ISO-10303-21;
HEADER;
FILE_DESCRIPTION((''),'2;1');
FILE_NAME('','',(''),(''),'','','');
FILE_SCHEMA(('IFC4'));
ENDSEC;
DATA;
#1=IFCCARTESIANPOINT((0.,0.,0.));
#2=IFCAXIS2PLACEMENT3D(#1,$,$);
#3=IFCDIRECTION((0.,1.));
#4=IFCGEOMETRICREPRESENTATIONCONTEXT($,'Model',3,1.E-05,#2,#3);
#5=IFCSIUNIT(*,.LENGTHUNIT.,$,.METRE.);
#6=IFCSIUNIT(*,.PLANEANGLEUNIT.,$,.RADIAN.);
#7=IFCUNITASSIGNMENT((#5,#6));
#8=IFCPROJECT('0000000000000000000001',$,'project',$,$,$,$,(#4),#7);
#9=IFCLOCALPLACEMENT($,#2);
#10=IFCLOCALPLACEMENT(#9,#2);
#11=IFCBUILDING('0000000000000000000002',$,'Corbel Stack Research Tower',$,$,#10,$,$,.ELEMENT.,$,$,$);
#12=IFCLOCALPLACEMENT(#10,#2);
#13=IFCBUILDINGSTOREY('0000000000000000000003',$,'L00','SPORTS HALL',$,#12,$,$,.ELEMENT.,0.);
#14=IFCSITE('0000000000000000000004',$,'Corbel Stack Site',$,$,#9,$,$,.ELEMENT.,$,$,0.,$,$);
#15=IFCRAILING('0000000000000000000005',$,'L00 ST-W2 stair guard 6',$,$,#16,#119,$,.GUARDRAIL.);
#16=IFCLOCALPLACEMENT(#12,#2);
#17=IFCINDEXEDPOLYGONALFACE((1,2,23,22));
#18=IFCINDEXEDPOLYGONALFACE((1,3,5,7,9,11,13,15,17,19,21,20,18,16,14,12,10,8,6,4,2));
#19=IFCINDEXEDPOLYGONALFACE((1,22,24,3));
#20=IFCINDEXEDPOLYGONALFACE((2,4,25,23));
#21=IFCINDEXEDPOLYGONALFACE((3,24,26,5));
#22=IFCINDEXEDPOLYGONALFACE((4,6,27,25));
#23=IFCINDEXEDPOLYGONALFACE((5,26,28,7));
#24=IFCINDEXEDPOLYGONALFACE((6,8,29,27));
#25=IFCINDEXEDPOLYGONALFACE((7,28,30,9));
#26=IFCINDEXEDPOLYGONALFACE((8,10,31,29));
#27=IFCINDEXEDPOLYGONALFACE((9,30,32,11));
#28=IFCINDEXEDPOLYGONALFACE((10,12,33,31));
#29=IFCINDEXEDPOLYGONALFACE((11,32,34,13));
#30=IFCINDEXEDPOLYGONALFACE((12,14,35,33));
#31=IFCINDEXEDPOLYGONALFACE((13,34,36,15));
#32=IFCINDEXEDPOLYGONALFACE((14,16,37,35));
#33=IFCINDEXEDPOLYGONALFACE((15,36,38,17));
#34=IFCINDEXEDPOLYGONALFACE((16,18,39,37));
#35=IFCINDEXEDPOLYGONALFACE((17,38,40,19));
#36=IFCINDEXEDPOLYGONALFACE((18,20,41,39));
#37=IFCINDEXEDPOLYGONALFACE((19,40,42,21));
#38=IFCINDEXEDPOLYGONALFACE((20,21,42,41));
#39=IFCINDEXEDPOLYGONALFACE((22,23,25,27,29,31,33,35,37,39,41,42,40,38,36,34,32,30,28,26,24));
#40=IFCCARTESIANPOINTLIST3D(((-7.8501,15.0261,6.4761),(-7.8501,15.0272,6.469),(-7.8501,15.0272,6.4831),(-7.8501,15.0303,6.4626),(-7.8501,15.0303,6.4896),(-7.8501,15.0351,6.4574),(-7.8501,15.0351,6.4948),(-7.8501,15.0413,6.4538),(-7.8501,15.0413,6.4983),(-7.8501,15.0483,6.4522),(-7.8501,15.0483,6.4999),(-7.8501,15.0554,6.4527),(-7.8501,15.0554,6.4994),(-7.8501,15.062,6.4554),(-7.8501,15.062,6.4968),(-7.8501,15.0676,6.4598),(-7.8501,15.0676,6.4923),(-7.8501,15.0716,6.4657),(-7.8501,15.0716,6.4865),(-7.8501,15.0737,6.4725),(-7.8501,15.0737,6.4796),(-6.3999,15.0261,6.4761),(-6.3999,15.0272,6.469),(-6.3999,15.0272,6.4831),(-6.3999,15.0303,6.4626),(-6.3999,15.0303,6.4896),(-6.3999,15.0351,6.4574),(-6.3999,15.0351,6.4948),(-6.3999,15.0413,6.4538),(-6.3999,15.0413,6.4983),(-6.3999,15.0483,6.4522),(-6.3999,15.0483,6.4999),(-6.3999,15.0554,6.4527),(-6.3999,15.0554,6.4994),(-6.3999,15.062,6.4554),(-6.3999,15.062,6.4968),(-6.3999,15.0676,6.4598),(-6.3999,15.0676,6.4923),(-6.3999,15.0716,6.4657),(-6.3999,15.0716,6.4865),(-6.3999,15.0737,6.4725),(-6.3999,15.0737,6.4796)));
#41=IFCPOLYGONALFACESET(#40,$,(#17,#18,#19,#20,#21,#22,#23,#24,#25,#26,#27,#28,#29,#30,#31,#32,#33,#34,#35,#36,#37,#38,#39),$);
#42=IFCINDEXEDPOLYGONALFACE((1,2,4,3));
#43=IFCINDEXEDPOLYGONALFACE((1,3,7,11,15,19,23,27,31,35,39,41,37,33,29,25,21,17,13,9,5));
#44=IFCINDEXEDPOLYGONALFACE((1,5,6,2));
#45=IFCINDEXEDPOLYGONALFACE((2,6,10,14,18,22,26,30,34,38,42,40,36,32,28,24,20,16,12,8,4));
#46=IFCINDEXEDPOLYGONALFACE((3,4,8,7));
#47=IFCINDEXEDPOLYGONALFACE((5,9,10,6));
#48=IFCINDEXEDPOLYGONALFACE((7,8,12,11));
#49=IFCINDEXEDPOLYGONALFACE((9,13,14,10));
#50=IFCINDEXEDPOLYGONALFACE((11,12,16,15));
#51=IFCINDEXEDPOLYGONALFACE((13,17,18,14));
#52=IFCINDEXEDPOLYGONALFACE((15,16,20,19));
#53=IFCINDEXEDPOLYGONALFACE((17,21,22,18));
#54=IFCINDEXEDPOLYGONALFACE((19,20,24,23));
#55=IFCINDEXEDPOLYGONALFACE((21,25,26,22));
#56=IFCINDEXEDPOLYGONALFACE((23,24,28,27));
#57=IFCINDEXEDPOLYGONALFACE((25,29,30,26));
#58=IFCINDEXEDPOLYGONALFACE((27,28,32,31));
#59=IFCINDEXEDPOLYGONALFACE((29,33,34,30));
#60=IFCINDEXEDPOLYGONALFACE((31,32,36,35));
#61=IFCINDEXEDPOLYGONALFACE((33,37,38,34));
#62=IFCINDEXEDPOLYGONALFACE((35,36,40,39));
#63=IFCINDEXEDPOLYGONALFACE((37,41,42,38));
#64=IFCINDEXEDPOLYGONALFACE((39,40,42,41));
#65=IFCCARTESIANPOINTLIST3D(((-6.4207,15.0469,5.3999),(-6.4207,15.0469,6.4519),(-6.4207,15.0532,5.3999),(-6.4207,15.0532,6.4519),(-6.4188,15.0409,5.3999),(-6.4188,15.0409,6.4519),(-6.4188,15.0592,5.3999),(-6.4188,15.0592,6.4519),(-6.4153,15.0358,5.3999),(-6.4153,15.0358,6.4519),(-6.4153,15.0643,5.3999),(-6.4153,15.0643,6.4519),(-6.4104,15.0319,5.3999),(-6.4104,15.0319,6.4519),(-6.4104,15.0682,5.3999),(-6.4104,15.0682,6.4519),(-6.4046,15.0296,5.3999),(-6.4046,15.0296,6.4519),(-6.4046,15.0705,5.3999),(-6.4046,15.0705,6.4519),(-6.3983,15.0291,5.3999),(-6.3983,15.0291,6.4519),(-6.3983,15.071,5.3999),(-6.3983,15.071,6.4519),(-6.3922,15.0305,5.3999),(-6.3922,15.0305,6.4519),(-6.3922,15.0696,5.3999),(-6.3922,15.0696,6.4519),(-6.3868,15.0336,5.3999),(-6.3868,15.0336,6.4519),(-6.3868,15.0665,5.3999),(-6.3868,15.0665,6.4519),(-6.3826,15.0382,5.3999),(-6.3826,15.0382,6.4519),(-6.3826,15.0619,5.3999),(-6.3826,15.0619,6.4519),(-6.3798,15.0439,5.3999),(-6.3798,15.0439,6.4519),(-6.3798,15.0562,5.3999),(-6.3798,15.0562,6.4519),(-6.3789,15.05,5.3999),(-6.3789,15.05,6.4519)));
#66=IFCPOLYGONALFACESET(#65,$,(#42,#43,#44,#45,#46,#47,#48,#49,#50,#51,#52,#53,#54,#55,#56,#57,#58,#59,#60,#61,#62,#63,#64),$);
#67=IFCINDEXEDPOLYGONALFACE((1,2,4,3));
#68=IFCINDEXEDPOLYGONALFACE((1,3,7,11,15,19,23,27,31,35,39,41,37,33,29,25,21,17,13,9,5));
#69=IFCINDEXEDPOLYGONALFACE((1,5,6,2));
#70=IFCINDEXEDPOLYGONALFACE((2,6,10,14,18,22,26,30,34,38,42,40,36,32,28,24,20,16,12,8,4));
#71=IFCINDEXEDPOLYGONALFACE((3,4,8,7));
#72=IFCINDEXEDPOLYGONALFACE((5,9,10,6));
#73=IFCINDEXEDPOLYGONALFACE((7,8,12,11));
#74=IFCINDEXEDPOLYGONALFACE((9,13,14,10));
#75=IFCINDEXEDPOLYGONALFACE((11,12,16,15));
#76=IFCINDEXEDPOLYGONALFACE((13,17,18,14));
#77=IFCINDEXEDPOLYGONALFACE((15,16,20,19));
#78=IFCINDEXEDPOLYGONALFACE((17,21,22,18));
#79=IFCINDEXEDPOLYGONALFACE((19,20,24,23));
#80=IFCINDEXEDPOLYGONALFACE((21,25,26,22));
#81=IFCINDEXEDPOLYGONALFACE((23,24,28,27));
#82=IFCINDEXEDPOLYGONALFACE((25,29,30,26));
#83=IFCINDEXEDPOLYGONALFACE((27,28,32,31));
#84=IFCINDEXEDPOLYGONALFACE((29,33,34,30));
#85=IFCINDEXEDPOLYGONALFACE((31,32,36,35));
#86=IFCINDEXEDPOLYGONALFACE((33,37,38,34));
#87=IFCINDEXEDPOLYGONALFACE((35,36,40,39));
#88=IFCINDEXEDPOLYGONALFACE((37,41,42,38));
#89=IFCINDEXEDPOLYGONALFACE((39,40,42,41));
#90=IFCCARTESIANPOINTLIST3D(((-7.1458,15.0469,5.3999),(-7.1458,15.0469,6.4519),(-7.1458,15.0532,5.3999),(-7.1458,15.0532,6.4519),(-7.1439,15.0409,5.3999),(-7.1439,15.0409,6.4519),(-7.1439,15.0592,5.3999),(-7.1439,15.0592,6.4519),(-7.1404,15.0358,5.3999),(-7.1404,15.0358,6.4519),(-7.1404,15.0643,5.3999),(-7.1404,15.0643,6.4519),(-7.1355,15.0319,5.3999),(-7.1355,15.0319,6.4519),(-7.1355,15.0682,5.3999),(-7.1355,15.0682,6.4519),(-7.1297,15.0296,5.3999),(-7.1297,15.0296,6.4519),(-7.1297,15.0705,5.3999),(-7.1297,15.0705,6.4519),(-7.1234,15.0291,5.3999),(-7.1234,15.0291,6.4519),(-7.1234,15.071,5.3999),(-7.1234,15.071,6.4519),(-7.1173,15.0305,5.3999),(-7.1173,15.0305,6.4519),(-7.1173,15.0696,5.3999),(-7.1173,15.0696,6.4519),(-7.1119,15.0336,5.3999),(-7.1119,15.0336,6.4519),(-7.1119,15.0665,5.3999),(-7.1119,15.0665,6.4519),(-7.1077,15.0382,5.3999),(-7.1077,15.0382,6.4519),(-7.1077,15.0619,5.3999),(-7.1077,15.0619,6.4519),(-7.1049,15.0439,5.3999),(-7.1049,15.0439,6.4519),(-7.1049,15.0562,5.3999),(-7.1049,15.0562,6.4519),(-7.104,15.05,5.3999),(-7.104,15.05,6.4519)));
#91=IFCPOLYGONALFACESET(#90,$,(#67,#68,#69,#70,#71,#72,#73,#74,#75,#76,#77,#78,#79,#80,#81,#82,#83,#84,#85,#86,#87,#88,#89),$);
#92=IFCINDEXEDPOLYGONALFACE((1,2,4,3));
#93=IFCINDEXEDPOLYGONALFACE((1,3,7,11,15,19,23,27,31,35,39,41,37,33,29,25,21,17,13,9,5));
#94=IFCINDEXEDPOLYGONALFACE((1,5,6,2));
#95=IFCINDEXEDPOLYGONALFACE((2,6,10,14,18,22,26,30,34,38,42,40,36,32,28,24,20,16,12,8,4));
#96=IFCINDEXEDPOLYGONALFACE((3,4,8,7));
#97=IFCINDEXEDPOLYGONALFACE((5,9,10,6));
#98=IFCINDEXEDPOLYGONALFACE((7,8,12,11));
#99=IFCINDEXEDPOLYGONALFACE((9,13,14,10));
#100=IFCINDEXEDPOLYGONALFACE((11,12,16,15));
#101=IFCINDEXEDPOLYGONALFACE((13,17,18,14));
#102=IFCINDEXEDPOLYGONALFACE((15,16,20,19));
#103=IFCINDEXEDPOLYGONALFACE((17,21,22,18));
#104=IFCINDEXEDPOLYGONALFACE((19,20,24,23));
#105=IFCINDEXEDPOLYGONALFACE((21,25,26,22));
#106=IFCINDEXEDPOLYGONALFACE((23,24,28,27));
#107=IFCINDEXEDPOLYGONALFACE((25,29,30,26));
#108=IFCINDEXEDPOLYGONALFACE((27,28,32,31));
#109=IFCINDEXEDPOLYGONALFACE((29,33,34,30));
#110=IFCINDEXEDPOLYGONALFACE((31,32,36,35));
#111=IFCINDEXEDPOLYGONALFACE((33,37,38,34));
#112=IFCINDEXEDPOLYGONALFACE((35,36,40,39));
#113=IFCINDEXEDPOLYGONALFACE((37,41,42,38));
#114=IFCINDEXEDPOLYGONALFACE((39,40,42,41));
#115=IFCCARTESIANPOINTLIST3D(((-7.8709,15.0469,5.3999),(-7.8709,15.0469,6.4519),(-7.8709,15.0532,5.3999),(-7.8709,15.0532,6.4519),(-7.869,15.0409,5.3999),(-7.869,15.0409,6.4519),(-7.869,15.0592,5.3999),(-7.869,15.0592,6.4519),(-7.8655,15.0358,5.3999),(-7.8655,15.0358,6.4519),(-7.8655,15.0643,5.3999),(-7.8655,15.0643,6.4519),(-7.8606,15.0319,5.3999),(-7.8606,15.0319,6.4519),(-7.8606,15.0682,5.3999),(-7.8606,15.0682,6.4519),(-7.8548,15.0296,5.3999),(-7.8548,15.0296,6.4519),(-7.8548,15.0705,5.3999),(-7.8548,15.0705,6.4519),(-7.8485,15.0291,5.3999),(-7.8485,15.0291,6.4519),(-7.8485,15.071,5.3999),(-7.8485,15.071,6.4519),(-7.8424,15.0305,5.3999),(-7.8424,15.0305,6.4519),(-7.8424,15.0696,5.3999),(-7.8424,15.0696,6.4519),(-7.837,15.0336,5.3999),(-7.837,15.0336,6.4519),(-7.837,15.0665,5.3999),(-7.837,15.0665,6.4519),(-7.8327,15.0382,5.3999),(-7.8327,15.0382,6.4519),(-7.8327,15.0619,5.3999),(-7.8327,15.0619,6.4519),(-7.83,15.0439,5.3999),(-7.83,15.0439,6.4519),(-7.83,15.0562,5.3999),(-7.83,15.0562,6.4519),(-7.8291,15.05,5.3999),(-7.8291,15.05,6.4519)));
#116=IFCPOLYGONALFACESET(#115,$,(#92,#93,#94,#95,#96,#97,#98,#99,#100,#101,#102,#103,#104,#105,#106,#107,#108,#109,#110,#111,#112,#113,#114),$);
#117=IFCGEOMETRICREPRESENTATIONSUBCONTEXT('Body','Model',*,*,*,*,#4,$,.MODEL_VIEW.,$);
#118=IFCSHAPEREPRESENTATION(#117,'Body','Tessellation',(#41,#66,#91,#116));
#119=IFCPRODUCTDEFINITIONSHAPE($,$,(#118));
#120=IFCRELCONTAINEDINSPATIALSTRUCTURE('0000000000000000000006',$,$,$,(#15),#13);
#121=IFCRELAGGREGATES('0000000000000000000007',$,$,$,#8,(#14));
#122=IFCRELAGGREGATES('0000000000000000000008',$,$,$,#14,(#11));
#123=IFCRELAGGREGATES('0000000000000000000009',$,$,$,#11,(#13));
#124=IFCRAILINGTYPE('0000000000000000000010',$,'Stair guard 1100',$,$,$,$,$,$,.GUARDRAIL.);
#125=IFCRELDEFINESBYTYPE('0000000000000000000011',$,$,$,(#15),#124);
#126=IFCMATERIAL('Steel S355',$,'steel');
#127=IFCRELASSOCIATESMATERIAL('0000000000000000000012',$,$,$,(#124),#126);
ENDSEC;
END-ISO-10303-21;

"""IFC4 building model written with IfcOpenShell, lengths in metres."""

from ifc_helpers import new_model, si_unit, direction, frame, origin, origin_2d, place, context, subcontext, project, spatial, circle, extrude, material, type_object, element, save


model = new_model("IFC4")

# Units and contexts
model_context = context("Model", 3, precision=1e-05, world=origin(), true_north=direction((0.0, 1.0)))
body_context = subcontext(model_context, "Body", "Model", "MODEL_VIEW")
ifc_project = project(units=[si_unit("LENGTHUNIT", "METRE"), si_unit("PLANEANGLEUNIT", "RADIAN")], contexts=[model_context])

# Site, building, storey
site_placement = place(None, origin())
site = spatial("IfcSite", under=ifc_project, at=site_placement, Name="Corbel Stack Site", CompositionType="ELEMENT", RefElevation=0.0)
building_placement = place(site_placement, origin())
building = spatial("IfcBuilding", under=site, at=building_placement, Name="Corbel Stack Research Tower", CompositionType="ELEMENT")
storey_placement = place(building_placement, origin())
storey = spatial("IfcBuildingStorey", under=building, at=storey_placement, Name="L00", Description="SPORTS HALL", CompositionType="ELEMENT", Elevation=0.0)

# Railing
ifc_material_1 = material(Name="Steel S355", Category="steel")
railing_type = type_object("IfcRailingType", Name="Stair guard 1100", PredefinedType="GUARDRAIL", material=ifc_material_1)
railing_1_placement = place(storey_placement, frame((-6.3999, 15.05, 5.3999)))
element("IfcRailing", 1, at=railing_1_placement, inside=storey, type_object=railing_type, Name="L00 ST-W2 stair guard 6", PredefinedType="GUARDRAIL", context=body_context, shape_type="SweptSolid", body=[
    extrude(circle(Radius=0.0239, at=origin_2d()), frame((0.0, 0.0, 1.0762), z_axis=(-1.0, 0.0, 0.0), x_axis=(0.0, -1.0, 0.0)), (0.0, 0.0, 1.0), 1.4502),
    extrude(circle(Radius=0.021, at=origin_2d()), origin(), (0.0, 0.0, 1.0), 1.052),
    extrude(circle(Radius=0.021, at=origin_2d()), frame((-0.7251, 0.0, 0.0)), (0.0, 0.0, 1.0), 1.052),
    extrude(circle(Radius=0.021, at=origin_2d()), frame((-1.4502, 0.0, 0.0)), (0.0, 0.0, 1.0), 1.052),
])

save(model, "model.ifc")
